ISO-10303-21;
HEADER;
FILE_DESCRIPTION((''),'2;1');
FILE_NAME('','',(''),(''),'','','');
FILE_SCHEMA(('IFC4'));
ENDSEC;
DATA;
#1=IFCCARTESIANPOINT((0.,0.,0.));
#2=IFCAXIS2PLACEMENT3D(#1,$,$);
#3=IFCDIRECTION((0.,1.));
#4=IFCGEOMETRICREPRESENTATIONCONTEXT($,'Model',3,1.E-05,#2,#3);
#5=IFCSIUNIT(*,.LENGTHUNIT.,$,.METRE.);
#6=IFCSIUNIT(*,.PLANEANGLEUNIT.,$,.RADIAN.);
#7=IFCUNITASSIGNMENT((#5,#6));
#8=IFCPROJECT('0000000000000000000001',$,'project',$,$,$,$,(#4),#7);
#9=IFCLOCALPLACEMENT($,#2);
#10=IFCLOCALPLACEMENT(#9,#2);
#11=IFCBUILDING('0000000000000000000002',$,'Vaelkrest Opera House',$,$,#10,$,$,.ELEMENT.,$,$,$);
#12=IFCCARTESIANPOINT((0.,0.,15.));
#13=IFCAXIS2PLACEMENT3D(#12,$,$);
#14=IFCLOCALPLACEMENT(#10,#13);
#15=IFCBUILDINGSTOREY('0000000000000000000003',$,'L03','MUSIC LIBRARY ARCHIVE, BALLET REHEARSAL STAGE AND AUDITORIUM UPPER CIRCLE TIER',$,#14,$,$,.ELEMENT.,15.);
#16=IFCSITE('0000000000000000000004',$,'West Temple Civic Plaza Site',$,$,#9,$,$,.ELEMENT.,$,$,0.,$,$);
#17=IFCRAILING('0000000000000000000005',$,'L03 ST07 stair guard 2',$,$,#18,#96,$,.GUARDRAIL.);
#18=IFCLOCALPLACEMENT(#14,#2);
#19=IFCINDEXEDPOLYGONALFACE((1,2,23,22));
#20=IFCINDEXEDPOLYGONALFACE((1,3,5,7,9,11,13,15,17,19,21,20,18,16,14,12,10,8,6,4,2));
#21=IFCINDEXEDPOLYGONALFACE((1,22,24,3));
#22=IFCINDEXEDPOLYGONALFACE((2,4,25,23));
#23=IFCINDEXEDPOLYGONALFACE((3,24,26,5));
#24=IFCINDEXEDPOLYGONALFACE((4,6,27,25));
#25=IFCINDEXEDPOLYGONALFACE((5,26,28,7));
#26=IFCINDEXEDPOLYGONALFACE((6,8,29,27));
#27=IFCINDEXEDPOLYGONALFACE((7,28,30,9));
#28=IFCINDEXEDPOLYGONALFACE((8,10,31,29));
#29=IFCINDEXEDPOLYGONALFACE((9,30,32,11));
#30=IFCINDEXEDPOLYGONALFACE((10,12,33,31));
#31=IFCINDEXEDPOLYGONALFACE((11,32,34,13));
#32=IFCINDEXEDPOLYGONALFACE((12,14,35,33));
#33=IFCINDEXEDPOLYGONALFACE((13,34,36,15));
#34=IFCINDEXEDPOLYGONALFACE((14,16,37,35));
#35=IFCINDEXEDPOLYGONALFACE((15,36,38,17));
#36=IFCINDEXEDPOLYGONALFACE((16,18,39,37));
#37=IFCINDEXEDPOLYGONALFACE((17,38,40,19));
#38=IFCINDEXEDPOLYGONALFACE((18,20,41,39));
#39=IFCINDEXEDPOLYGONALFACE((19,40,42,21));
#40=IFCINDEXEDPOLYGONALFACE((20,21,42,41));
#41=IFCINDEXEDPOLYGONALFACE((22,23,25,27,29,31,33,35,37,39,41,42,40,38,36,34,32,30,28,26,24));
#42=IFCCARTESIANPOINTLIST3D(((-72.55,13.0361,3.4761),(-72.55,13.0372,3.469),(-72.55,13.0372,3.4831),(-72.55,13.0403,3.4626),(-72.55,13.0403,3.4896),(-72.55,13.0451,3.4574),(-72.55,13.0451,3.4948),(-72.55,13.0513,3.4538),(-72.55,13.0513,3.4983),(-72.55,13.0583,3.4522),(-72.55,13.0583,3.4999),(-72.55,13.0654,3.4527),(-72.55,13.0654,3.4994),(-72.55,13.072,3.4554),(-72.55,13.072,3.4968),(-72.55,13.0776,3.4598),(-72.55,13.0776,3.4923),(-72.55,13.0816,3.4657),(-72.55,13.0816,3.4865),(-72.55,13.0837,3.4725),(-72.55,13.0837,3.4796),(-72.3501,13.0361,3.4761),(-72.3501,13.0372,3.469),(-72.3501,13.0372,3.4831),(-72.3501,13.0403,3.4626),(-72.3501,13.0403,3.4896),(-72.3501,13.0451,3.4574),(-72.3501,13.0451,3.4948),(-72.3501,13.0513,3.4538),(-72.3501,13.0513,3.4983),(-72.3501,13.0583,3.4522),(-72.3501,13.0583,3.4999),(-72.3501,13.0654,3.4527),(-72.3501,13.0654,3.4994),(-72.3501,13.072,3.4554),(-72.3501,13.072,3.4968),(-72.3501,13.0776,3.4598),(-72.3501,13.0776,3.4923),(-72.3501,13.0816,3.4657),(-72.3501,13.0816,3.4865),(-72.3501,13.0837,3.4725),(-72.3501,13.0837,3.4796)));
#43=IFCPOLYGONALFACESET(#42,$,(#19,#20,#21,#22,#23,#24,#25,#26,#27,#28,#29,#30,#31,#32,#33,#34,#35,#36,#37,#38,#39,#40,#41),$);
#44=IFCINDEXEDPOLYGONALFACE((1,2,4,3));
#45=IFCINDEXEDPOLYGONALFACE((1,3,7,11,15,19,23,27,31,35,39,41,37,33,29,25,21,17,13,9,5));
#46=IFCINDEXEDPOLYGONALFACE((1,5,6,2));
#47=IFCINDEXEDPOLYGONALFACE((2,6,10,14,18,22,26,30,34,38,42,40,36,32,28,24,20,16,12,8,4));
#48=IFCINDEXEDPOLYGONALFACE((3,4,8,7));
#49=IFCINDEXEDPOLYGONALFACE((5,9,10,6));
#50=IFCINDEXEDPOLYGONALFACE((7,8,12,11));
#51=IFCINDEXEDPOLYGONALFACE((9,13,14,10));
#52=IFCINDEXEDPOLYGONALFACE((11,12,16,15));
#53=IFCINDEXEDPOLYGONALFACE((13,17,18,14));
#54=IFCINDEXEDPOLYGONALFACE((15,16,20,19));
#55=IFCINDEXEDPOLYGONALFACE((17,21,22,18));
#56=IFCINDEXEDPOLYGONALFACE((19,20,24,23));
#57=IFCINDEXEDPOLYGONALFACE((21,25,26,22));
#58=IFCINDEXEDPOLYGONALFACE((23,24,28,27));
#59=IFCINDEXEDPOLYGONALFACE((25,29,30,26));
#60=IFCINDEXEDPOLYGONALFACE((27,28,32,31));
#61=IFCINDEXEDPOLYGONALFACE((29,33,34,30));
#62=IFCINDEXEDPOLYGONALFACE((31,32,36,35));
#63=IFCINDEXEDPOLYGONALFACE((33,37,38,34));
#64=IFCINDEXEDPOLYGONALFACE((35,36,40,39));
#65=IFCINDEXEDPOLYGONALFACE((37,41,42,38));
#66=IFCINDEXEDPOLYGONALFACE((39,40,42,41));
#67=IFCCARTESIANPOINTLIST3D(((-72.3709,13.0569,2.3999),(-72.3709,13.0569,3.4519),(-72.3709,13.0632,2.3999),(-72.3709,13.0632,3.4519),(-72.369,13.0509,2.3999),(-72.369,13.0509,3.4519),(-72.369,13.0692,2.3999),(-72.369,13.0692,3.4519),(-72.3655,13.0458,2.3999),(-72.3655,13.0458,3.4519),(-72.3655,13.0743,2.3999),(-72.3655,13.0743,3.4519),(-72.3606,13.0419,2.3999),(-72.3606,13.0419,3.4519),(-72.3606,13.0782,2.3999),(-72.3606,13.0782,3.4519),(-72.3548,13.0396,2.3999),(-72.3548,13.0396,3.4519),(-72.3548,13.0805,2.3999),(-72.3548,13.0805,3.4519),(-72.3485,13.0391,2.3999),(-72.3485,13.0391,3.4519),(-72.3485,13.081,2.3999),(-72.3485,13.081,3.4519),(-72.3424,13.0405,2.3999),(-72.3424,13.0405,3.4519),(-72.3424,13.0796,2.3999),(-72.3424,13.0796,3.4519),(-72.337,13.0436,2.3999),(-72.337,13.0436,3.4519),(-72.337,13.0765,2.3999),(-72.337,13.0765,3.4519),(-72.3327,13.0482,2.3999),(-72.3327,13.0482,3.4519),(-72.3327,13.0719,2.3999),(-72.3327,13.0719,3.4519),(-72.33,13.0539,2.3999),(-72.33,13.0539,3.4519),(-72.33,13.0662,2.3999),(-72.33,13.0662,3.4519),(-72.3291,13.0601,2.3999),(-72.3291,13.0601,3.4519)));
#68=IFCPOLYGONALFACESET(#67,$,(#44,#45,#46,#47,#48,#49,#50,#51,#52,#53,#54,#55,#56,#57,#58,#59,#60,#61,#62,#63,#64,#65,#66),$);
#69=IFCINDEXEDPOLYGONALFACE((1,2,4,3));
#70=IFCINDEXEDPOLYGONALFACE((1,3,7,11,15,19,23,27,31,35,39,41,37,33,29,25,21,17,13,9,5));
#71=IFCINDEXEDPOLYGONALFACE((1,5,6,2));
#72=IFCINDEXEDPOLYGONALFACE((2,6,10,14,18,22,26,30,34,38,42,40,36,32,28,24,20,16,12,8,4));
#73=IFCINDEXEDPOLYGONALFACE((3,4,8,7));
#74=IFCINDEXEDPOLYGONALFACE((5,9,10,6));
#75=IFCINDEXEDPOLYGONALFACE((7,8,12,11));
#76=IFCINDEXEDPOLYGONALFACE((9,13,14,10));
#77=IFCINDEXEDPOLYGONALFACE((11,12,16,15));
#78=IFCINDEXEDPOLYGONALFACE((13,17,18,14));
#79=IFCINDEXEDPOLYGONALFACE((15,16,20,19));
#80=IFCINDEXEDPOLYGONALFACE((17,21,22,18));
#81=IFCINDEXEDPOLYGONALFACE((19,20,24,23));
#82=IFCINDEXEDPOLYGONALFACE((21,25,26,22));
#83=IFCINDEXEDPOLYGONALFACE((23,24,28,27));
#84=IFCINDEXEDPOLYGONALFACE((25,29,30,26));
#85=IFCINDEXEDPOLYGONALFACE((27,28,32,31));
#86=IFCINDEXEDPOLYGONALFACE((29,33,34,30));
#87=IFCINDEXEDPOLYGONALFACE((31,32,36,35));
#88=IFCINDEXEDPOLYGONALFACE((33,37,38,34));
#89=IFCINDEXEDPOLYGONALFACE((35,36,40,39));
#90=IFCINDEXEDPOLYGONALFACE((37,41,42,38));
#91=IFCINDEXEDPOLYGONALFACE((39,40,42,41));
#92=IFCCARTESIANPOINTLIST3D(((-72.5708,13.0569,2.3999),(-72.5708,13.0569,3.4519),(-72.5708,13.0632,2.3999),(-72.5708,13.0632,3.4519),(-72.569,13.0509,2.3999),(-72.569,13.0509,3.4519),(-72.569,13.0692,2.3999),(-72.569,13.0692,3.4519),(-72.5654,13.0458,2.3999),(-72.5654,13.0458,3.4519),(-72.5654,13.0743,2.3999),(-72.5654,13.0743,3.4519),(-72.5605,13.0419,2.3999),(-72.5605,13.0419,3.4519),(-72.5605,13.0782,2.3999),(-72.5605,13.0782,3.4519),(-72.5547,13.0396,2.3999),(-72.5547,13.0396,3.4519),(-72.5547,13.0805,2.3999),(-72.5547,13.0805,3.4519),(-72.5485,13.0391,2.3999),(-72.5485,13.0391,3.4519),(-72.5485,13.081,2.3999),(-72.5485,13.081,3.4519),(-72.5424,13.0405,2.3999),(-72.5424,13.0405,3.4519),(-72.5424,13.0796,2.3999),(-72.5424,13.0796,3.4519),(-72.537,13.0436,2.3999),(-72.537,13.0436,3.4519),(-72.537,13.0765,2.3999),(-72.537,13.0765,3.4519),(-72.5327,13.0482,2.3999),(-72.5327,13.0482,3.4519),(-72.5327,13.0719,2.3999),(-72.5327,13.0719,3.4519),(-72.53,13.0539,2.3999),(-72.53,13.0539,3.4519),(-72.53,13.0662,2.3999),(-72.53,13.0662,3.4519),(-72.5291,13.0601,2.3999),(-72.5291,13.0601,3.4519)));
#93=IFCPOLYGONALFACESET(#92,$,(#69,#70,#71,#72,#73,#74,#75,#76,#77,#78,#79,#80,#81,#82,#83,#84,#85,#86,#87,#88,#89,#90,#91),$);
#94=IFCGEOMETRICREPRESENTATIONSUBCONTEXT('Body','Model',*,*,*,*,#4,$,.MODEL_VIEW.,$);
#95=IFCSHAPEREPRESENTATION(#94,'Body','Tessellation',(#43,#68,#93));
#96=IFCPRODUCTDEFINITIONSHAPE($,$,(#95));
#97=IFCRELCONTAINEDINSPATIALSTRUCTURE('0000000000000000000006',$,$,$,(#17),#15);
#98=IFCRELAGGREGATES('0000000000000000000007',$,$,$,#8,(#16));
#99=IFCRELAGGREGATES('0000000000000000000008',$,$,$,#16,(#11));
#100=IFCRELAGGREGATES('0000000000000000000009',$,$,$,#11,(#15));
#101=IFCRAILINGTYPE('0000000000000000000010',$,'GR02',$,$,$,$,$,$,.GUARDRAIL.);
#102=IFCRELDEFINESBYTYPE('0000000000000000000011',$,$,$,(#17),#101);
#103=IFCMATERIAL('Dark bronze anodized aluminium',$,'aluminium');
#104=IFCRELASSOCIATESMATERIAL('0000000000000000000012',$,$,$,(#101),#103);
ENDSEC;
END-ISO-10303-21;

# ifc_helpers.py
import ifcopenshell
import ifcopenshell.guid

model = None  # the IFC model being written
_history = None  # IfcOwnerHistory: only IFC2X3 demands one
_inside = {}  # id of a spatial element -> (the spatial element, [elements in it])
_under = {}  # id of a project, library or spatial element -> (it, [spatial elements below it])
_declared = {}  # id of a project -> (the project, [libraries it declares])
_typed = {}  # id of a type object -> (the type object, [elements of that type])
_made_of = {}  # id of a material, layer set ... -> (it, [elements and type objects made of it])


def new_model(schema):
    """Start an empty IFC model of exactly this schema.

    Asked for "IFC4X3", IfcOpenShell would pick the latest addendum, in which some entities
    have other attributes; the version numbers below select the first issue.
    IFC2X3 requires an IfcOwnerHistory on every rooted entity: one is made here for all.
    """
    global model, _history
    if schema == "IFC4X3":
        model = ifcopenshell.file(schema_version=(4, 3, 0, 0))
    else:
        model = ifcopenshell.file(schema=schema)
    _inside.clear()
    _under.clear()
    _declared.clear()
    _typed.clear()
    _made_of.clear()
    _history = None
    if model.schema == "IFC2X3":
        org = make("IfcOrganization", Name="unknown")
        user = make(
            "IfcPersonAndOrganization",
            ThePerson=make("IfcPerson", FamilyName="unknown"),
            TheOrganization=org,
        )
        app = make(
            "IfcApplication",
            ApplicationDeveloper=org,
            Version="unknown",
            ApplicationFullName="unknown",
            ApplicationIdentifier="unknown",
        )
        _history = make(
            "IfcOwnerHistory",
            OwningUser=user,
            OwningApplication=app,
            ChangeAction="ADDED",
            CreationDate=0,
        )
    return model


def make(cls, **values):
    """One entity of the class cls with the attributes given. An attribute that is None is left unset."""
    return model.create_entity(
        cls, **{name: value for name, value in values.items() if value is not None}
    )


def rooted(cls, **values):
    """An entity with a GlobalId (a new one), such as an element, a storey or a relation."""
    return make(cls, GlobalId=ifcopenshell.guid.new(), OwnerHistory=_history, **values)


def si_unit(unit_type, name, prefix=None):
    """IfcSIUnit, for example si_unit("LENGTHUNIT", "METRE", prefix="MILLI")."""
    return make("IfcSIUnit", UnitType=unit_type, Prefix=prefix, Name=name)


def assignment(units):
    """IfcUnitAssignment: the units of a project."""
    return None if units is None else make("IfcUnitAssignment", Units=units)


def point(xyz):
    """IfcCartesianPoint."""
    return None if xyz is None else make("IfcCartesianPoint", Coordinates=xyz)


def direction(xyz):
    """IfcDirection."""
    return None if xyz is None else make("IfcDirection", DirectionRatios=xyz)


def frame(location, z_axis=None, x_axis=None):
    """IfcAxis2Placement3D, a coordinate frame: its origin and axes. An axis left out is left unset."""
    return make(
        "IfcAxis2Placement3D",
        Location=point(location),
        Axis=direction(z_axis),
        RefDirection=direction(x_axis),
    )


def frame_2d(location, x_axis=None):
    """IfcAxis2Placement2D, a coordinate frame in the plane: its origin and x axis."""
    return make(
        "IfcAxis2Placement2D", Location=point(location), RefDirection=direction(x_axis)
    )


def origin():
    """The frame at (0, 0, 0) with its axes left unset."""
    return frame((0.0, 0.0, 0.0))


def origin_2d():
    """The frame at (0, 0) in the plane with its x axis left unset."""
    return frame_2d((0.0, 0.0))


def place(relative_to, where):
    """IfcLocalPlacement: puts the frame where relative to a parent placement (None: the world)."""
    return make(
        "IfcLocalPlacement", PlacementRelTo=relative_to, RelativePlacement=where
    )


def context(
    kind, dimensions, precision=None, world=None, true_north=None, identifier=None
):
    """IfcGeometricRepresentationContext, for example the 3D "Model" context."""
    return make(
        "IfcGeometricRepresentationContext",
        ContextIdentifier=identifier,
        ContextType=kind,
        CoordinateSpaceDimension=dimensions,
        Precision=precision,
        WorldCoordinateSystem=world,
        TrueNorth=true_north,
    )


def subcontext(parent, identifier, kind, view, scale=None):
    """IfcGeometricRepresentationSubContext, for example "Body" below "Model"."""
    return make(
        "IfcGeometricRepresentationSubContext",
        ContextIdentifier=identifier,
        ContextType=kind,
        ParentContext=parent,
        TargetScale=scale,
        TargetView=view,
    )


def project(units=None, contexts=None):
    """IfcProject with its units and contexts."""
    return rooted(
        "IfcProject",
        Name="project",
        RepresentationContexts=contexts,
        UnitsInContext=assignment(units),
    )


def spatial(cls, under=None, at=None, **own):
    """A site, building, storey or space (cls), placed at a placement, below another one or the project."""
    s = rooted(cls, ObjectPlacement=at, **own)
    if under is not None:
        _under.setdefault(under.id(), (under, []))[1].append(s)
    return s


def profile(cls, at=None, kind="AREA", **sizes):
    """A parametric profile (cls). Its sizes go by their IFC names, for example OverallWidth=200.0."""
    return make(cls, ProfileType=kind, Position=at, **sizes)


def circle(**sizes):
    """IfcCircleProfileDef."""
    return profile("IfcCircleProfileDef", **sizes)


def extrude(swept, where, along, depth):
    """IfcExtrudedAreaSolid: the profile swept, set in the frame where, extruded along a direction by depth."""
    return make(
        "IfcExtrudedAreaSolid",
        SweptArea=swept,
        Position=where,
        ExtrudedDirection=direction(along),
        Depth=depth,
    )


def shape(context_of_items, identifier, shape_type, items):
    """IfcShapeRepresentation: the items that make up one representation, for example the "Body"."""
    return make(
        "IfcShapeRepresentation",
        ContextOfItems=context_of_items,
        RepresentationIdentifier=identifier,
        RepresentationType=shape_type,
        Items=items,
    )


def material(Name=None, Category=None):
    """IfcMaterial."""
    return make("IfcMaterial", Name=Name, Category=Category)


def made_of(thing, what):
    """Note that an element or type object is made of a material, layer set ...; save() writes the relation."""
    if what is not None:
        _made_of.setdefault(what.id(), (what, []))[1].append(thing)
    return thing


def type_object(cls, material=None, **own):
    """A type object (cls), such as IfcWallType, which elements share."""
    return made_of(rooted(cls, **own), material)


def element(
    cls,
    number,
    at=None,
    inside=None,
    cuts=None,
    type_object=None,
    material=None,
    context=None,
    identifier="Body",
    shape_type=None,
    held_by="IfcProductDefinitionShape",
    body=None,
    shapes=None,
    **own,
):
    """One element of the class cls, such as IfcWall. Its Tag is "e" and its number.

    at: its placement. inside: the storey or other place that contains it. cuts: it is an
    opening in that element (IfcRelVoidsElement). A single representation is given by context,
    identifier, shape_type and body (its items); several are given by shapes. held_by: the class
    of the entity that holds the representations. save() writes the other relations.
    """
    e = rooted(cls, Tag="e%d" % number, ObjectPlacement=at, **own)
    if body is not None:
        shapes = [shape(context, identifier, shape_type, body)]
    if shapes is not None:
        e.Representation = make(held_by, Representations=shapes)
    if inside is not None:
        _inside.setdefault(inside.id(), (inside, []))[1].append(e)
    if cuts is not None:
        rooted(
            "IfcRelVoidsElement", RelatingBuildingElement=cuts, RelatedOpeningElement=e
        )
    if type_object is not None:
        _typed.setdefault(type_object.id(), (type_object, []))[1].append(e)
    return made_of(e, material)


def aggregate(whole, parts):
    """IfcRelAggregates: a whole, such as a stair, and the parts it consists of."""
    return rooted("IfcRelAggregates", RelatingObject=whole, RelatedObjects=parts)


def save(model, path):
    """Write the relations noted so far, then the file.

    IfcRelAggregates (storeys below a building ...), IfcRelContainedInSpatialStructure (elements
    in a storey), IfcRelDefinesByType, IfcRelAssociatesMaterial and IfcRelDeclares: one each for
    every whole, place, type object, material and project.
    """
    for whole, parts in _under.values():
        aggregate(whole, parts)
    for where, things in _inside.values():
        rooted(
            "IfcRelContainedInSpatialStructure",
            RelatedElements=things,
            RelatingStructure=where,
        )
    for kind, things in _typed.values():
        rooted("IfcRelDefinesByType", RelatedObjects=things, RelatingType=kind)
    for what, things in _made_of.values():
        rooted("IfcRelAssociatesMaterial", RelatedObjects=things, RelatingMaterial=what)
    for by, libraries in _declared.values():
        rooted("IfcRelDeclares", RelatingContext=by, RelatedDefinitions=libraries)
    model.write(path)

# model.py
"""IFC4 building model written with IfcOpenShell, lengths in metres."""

from ifc_helpers import new_model, si_unit, direction, frame, origin, origin_2d, place, context, subcontext, project, spatial, circle, extrude, material, type_object, element, save


model = new_model("IFC4")

# Units and contexts
model_context = context("Model", 3, precision=1e-05, world=origin(), true_north=direction((0.0, 1.0)))
body_context = subcontext(model_context, "Body", "Model", "MODEL_VIEW")
ifc_project = project(units=[si_unit("LENGTHUNIT", "METRE"), si_unit("PLANEANGLEUNIT", "RADIAN")], contexts=[model_context])

# Site, building, storey
site_placement = place(None, origin())
site = spatial("IfcSite", under=ifc_project, at=site_placement, Name="West Temple Civic Plaza Site", CompositionType="ELEMENT", RefElevation=0.0)
building_placement = place(site_placement, origin())
building = spatial("IfcBuilding", under=site, at=building_placement, Name="Vaelkrest Opera House", CompositionType="ELEMENT")
storey_placement = place(building_placement, frame((0.0, 0.0, 15.0)))
storey = spatial("IfcBuildingStorey", under=building, at=storey_placement, Name="L03", Description="MUSIC LIBRARY ARCHIVE, BALLET REHEARSAL STAGE AND AUDITORIUM UPPER CIRCLE TIER", CompositionType="ELEMENT", Elevation=15.0)

# Shared definitions
ifc_material_1 = material(Name="Dark bronze anodized aluminium", Category="aluminium")

# Railing
railing_type_1 = type_object("IfcRailingType", Name="GR02", PredefinedType="GUARDRAIL", material=ifc_material_1)
railing_1_placement = place(storey_placement, frame((-72.3501, 13.0601, 2.3999)))
element("IfcRailing", 1, at=railing_1_placement, inside=storey, type_object=railing_type_1, Name="L03 ST07 stair guard 2", PredefinedType="GUARDRAIL", context=body_context, shape_type="SweptSolid", body=[
    extrude(circle(Radius=0.0239, at=origin_2d()), frame((0.0, 0.0, 1.0762), z_axis=(-1.0, 0.0, 0.0), x_axis=(0.0, -1.0, 0.0)), (0.0, 0.0, 1.0), 0.2),
    extrude(circle(Radius=0.021, at=origin_2d()), origin(), (0.0, 0.0, 1.0), 1.052),
    extrude(circle(Radius=0.021, at=origin_2d()), frame((-0.2, 0.0, 0.0)), (0.0, 0.0, 1.0), 1.052),
])

save(model, "model.ifc")
